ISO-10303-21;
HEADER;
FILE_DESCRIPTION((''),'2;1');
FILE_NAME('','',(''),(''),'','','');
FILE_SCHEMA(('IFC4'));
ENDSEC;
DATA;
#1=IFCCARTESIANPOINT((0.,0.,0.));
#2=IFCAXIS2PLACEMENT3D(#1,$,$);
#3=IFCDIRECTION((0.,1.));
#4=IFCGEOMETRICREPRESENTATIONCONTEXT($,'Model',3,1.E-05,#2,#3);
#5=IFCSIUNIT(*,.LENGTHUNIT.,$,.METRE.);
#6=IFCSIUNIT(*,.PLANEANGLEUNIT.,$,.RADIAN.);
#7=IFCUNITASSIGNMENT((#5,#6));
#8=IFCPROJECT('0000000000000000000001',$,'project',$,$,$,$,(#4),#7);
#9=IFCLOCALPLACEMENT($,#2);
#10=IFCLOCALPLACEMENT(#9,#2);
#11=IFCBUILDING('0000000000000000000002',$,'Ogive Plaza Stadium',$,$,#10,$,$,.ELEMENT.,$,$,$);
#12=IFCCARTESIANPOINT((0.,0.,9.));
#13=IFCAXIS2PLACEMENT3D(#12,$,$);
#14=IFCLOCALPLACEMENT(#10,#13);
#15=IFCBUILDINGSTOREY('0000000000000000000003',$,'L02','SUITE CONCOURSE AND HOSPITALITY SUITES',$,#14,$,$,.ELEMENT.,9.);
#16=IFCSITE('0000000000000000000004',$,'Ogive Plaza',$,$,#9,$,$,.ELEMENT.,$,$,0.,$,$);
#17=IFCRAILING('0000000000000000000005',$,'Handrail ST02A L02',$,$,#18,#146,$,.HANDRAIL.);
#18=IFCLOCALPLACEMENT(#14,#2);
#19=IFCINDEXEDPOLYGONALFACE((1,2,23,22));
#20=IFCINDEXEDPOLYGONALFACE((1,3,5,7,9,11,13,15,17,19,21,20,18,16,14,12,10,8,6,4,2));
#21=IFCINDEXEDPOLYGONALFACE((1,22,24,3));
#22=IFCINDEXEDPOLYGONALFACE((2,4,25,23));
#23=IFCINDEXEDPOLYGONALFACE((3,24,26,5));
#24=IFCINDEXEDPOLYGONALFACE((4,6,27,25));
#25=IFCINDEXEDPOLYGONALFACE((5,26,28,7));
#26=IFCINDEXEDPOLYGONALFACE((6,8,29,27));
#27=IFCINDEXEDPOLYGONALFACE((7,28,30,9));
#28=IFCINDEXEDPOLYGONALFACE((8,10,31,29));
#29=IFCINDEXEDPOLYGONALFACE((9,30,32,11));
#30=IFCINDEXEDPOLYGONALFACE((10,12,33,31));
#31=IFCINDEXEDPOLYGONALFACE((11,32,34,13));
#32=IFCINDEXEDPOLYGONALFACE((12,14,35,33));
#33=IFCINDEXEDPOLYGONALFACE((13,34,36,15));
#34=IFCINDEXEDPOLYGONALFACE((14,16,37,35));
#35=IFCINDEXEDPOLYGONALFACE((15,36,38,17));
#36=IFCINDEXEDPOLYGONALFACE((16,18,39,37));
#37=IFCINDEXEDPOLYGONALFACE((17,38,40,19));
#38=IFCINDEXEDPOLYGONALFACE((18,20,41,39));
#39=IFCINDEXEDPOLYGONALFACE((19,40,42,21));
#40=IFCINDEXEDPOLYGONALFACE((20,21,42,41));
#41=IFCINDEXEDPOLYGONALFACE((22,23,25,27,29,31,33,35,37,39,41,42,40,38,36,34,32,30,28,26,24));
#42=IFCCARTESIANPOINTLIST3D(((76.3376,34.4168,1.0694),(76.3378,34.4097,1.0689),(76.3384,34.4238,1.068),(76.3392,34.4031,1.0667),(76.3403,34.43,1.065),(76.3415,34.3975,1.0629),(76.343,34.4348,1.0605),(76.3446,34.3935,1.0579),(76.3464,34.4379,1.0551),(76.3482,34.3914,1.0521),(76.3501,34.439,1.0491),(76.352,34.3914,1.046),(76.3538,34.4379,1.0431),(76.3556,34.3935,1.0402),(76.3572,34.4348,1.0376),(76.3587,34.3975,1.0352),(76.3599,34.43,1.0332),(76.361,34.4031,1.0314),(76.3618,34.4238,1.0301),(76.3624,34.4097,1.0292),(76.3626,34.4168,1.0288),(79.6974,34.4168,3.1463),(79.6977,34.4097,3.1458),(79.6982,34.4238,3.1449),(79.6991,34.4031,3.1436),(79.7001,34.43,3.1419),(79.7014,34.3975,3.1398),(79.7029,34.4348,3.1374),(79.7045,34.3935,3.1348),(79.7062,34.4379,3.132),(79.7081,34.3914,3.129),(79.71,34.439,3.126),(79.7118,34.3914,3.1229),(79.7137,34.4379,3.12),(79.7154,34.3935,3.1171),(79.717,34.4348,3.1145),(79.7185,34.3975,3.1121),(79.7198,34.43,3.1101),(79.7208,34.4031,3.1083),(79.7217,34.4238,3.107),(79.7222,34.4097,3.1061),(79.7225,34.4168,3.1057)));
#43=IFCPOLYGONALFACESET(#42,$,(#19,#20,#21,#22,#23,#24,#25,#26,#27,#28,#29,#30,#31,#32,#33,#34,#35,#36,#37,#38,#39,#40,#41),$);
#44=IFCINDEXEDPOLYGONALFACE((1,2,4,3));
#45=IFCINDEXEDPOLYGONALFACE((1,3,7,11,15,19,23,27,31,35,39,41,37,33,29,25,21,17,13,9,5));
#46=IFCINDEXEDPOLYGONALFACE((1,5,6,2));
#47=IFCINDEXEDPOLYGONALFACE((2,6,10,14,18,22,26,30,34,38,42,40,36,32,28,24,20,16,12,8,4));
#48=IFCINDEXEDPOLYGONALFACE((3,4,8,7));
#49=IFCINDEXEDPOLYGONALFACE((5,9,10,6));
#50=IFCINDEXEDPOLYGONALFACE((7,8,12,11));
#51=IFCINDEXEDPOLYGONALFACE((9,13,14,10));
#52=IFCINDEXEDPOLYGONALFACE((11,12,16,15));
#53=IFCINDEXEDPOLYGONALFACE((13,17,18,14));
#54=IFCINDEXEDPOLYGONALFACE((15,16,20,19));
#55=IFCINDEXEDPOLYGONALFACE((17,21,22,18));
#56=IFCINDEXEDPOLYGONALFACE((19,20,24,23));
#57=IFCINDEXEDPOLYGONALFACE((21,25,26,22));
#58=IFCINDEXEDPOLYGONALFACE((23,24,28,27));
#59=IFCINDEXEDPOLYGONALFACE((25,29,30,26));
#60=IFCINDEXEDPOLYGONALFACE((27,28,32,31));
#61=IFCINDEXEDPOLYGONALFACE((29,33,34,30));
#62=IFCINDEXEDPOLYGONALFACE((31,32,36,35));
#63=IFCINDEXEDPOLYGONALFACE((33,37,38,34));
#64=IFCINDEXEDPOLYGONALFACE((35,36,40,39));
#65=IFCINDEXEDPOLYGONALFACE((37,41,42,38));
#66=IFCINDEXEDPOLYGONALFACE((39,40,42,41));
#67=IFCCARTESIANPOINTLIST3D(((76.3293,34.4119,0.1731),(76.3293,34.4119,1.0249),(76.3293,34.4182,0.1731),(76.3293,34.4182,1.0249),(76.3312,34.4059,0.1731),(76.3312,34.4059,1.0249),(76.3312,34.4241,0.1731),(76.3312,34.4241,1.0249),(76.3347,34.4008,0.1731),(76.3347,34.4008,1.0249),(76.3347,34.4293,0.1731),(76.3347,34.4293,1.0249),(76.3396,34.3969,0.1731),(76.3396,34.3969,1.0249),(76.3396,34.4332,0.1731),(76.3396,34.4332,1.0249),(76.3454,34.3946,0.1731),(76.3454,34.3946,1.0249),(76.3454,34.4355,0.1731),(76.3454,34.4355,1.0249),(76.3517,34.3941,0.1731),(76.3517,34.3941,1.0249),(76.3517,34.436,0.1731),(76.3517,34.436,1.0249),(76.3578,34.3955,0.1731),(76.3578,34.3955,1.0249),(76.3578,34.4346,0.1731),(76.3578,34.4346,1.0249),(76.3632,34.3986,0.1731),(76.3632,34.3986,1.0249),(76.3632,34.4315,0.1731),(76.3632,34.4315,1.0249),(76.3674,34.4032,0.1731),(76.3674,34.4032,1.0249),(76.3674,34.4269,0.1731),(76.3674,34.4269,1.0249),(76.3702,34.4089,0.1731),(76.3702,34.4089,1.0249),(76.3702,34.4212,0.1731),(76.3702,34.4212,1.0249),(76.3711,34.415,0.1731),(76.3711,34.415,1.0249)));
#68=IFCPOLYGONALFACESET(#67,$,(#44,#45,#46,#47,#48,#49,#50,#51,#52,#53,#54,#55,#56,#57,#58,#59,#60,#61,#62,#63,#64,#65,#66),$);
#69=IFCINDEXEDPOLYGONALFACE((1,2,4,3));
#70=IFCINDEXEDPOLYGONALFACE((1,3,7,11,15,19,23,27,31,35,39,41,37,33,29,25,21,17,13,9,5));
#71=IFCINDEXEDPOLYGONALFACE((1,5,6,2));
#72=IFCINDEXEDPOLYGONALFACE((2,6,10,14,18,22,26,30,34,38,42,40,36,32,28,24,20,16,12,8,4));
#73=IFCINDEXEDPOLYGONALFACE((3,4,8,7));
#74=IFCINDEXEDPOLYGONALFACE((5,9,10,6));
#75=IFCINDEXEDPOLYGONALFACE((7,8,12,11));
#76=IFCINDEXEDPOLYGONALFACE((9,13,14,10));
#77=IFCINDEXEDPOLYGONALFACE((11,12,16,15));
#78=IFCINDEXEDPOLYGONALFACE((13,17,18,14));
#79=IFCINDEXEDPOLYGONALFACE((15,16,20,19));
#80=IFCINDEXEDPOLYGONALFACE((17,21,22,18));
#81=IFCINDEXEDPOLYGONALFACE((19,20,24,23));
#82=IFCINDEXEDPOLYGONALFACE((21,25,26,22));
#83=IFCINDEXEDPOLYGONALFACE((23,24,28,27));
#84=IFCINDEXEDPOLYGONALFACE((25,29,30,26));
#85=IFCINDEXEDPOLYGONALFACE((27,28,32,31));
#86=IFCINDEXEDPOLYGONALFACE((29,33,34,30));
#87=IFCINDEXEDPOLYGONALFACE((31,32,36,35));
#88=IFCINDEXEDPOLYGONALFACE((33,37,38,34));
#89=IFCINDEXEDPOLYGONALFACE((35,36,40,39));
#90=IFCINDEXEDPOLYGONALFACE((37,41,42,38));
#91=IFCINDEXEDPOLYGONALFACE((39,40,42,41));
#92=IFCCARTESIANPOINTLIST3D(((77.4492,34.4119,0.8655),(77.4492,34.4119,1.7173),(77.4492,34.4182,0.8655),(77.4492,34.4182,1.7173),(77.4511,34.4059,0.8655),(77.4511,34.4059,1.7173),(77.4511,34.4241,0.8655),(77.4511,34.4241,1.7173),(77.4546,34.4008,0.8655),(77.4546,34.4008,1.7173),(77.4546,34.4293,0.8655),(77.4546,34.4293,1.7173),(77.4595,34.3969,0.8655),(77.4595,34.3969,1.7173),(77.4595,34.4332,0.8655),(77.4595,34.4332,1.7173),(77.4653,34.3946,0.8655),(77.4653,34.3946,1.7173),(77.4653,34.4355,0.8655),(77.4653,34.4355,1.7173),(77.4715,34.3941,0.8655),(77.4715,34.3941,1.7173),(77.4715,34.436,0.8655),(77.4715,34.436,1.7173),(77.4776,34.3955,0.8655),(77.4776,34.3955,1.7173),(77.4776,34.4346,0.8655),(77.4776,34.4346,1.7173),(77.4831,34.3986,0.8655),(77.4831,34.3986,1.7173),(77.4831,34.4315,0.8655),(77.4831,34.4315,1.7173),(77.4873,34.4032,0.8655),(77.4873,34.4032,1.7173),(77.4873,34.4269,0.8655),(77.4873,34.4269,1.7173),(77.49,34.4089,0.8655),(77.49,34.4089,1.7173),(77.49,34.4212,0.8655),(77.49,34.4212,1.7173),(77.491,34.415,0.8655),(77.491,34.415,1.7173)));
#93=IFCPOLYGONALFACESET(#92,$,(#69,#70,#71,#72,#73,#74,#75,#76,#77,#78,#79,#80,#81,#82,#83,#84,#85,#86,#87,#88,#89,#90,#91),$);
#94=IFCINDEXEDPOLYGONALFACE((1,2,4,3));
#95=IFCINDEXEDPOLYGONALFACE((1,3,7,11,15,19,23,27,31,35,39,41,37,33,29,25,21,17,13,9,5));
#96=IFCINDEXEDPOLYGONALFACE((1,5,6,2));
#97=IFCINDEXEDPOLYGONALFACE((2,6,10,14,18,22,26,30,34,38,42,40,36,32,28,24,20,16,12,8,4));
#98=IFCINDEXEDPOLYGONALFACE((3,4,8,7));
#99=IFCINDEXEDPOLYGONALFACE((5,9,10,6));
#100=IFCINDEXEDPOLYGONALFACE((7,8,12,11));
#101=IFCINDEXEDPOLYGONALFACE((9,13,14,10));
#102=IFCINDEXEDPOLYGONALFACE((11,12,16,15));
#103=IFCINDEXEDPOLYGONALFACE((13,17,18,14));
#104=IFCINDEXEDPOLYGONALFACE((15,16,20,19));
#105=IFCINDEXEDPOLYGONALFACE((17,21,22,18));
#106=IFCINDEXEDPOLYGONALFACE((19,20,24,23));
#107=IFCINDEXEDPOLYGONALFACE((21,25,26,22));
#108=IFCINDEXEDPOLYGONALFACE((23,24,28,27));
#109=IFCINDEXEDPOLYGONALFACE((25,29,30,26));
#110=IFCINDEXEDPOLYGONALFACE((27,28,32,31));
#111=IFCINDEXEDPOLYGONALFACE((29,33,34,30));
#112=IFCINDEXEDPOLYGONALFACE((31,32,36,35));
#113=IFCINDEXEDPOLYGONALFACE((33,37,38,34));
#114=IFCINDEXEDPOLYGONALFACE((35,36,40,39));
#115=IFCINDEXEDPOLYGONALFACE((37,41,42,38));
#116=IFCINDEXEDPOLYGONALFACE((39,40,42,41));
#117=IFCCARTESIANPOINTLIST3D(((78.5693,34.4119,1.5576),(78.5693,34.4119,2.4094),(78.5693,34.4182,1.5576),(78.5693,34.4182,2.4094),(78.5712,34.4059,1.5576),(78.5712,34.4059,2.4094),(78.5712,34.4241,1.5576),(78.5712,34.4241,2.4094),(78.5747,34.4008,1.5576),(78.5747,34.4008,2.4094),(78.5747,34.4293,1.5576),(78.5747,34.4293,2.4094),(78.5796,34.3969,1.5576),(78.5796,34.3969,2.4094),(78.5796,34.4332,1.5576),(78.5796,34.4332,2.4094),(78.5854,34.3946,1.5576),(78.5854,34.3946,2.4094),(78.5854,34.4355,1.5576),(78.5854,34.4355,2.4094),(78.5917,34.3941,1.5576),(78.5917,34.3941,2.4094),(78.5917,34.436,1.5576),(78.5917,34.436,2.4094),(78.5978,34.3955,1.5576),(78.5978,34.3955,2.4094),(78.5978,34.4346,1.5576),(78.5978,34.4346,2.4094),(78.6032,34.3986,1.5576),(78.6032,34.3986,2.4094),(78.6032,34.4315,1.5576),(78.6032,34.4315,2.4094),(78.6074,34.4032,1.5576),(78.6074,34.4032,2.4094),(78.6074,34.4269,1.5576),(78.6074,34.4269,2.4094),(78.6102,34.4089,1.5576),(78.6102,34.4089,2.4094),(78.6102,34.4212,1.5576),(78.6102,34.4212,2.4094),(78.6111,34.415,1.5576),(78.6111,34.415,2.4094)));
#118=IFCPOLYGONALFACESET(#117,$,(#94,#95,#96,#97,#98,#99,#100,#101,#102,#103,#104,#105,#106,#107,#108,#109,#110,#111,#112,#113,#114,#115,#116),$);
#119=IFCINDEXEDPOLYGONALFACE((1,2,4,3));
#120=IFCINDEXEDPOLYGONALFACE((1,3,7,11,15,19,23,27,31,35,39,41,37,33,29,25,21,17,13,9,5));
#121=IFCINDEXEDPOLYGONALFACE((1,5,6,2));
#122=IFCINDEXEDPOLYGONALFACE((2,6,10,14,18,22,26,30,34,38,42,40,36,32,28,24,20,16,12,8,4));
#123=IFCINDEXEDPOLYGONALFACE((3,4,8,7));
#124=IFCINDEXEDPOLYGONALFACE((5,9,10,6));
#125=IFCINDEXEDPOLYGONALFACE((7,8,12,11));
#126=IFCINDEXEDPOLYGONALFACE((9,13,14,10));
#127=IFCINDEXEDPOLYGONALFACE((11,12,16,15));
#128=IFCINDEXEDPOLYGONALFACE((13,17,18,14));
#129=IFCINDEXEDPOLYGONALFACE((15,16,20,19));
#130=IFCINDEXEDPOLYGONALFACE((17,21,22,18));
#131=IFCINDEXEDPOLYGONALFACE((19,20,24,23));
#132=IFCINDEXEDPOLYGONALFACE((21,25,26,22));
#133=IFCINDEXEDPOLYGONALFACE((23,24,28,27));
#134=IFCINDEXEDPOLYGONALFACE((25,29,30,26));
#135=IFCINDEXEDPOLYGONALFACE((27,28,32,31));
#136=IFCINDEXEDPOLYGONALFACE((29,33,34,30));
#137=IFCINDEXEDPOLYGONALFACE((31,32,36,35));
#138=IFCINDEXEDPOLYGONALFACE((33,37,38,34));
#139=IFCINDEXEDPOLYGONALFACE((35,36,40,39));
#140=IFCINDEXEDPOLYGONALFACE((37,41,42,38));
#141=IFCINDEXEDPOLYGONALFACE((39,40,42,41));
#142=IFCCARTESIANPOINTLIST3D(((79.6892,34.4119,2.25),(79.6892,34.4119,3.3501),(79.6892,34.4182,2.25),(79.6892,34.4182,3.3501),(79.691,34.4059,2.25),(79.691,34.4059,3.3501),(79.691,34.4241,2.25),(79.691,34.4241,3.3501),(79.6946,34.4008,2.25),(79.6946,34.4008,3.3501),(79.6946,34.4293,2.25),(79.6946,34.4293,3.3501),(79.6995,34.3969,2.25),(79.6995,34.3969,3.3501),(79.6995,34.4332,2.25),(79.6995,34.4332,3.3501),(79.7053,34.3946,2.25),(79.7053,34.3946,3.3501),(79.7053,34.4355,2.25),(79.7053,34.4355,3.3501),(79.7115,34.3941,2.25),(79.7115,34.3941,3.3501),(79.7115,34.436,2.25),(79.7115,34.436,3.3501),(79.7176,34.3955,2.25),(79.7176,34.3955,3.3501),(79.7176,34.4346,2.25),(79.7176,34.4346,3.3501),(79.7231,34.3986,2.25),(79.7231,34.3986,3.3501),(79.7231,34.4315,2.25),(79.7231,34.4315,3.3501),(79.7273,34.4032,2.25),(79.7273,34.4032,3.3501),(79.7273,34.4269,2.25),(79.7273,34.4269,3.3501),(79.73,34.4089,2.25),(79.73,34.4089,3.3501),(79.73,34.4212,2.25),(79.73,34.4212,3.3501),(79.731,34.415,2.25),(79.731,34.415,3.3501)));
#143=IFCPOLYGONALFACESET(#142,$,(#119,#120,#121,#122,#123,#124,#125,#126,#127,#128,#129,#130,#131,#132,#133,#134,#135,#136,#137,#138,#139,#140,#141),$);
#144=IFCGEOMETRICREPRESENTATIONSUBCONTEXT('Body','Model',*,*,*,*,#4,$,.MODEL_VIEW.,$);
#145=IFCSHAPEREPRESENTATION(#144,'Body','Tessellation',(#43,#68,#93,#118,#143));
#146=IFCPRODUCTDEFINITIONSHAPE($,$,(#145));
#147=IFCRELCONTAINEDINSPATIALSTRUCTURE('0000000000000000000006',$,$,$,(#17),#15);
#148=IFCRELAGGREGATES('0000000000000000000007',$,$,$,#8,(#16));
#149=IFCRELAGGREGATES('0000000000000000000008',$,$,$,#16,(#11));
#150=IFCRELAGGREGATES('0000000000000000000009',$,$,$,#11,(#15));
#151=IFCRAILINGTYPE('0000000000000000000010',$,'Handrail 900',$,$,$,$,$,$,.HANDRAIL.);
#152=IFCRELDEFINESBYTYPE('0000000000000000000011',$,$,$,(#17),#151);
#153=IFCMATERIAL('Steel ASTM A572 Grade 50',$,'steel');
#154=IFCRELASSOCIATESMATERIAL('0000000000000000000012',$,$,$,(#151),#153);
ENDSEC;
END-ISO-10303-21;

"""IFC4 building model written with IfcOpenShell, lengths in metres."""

from ifc_helpers import new_model, si_unit, direction, frame, origin, origin_2d, place, context, subcontext, project, spatial, circle, extrude, material, type_object, element, save


model = new_model("IFC4")

# Units and contexts
model_context = context("Model", 3, precision=1e-05, world=origin(), true_north=direction((0.0, 1.0)))
body_context = subcontext(model_context, "Body", "Model", "MODEL_VIEW")
ifc_project = project(units=[si_unit("LENGTHUNIT", "METRE"), si_unit("PLANEANGLEUNIT", "RADIAN")], contexts=[model_context])

# Site, building, storey
site_placement = place(None, origin())
site = spatial("IfcSite", under=ifc_project, at=site_placement, Name="Ogive Plaza", CompositionType="ELEMENT", RefElevation=0.0)
building_placement = place(site_placement, origin())
building = spatial("IfcBuilding", under=site, at=building_placement, Name="Ogive Plaza Stadium", CompositionType="ELEMENT")
storey_placement = place(building_placement, frame((0.0, 0.0, 9.0)))
storey = spatial("IfcBuildingStorey", under=building, at=storey_placement, Name="L02", Description="SUITE CONCOURSE AND HOSPITALITY SUITES", CompositionType="ELEMENT", Elevation=9.0)

# Railing
ifc_material_1 = material(Name="Steel ASTM A572 Grade 50", Category="steel")
railing_type_1 = type_object("IfcRailingType", Name="Handrail 900", PredefinedType="HANDRAIL", material=ifc_material_1)
for number, where, name in (
    (1, (76.3501, 34.415, 0.1731), "Handrail ST02A L02"),
):
    element("IfcRailing", number, at=place(storey_placement, frame(where)), inside=storey, type_object=railing_type_1, Name=name, PredefinedType="HANDRAIL", context=body_context, shape_type="SweptSolid", body=[
        extrude(circle(Radius=0.0239, at=origin_2d()), frame((0.0, 0.0, 0.876), z_axis=(0.850606, 0.0, 0.525803), x_axis=(0.0, 1.0, 0.0)), (0.0, 0.0, 1.0), 3.95),
        extrude(circle(Radius=0.021, at=origin_2d()), origin(), (0.0, 0.0, 1.0), 0.8518),
        extrude(circle(Radius=0.021, at=origin_2d()), frame((1.1199, 0.0, 0.6924)), (0.0, 0.0, 1.0), 0.8518),
        extrude(circle(Radius=0.021, at=origin_2d()), frame((2.24, 0.0, 1.3845)), (0.0, 0.0, 1.0), 0.8518),
        extrude(circle(Radius=0.021, at=origin_2d()), frame((3.3599, 0.0, 2.0769)), (0.0, 0.0, 1.0), 1.1001),
    ])

save(model, "model.ifc")
